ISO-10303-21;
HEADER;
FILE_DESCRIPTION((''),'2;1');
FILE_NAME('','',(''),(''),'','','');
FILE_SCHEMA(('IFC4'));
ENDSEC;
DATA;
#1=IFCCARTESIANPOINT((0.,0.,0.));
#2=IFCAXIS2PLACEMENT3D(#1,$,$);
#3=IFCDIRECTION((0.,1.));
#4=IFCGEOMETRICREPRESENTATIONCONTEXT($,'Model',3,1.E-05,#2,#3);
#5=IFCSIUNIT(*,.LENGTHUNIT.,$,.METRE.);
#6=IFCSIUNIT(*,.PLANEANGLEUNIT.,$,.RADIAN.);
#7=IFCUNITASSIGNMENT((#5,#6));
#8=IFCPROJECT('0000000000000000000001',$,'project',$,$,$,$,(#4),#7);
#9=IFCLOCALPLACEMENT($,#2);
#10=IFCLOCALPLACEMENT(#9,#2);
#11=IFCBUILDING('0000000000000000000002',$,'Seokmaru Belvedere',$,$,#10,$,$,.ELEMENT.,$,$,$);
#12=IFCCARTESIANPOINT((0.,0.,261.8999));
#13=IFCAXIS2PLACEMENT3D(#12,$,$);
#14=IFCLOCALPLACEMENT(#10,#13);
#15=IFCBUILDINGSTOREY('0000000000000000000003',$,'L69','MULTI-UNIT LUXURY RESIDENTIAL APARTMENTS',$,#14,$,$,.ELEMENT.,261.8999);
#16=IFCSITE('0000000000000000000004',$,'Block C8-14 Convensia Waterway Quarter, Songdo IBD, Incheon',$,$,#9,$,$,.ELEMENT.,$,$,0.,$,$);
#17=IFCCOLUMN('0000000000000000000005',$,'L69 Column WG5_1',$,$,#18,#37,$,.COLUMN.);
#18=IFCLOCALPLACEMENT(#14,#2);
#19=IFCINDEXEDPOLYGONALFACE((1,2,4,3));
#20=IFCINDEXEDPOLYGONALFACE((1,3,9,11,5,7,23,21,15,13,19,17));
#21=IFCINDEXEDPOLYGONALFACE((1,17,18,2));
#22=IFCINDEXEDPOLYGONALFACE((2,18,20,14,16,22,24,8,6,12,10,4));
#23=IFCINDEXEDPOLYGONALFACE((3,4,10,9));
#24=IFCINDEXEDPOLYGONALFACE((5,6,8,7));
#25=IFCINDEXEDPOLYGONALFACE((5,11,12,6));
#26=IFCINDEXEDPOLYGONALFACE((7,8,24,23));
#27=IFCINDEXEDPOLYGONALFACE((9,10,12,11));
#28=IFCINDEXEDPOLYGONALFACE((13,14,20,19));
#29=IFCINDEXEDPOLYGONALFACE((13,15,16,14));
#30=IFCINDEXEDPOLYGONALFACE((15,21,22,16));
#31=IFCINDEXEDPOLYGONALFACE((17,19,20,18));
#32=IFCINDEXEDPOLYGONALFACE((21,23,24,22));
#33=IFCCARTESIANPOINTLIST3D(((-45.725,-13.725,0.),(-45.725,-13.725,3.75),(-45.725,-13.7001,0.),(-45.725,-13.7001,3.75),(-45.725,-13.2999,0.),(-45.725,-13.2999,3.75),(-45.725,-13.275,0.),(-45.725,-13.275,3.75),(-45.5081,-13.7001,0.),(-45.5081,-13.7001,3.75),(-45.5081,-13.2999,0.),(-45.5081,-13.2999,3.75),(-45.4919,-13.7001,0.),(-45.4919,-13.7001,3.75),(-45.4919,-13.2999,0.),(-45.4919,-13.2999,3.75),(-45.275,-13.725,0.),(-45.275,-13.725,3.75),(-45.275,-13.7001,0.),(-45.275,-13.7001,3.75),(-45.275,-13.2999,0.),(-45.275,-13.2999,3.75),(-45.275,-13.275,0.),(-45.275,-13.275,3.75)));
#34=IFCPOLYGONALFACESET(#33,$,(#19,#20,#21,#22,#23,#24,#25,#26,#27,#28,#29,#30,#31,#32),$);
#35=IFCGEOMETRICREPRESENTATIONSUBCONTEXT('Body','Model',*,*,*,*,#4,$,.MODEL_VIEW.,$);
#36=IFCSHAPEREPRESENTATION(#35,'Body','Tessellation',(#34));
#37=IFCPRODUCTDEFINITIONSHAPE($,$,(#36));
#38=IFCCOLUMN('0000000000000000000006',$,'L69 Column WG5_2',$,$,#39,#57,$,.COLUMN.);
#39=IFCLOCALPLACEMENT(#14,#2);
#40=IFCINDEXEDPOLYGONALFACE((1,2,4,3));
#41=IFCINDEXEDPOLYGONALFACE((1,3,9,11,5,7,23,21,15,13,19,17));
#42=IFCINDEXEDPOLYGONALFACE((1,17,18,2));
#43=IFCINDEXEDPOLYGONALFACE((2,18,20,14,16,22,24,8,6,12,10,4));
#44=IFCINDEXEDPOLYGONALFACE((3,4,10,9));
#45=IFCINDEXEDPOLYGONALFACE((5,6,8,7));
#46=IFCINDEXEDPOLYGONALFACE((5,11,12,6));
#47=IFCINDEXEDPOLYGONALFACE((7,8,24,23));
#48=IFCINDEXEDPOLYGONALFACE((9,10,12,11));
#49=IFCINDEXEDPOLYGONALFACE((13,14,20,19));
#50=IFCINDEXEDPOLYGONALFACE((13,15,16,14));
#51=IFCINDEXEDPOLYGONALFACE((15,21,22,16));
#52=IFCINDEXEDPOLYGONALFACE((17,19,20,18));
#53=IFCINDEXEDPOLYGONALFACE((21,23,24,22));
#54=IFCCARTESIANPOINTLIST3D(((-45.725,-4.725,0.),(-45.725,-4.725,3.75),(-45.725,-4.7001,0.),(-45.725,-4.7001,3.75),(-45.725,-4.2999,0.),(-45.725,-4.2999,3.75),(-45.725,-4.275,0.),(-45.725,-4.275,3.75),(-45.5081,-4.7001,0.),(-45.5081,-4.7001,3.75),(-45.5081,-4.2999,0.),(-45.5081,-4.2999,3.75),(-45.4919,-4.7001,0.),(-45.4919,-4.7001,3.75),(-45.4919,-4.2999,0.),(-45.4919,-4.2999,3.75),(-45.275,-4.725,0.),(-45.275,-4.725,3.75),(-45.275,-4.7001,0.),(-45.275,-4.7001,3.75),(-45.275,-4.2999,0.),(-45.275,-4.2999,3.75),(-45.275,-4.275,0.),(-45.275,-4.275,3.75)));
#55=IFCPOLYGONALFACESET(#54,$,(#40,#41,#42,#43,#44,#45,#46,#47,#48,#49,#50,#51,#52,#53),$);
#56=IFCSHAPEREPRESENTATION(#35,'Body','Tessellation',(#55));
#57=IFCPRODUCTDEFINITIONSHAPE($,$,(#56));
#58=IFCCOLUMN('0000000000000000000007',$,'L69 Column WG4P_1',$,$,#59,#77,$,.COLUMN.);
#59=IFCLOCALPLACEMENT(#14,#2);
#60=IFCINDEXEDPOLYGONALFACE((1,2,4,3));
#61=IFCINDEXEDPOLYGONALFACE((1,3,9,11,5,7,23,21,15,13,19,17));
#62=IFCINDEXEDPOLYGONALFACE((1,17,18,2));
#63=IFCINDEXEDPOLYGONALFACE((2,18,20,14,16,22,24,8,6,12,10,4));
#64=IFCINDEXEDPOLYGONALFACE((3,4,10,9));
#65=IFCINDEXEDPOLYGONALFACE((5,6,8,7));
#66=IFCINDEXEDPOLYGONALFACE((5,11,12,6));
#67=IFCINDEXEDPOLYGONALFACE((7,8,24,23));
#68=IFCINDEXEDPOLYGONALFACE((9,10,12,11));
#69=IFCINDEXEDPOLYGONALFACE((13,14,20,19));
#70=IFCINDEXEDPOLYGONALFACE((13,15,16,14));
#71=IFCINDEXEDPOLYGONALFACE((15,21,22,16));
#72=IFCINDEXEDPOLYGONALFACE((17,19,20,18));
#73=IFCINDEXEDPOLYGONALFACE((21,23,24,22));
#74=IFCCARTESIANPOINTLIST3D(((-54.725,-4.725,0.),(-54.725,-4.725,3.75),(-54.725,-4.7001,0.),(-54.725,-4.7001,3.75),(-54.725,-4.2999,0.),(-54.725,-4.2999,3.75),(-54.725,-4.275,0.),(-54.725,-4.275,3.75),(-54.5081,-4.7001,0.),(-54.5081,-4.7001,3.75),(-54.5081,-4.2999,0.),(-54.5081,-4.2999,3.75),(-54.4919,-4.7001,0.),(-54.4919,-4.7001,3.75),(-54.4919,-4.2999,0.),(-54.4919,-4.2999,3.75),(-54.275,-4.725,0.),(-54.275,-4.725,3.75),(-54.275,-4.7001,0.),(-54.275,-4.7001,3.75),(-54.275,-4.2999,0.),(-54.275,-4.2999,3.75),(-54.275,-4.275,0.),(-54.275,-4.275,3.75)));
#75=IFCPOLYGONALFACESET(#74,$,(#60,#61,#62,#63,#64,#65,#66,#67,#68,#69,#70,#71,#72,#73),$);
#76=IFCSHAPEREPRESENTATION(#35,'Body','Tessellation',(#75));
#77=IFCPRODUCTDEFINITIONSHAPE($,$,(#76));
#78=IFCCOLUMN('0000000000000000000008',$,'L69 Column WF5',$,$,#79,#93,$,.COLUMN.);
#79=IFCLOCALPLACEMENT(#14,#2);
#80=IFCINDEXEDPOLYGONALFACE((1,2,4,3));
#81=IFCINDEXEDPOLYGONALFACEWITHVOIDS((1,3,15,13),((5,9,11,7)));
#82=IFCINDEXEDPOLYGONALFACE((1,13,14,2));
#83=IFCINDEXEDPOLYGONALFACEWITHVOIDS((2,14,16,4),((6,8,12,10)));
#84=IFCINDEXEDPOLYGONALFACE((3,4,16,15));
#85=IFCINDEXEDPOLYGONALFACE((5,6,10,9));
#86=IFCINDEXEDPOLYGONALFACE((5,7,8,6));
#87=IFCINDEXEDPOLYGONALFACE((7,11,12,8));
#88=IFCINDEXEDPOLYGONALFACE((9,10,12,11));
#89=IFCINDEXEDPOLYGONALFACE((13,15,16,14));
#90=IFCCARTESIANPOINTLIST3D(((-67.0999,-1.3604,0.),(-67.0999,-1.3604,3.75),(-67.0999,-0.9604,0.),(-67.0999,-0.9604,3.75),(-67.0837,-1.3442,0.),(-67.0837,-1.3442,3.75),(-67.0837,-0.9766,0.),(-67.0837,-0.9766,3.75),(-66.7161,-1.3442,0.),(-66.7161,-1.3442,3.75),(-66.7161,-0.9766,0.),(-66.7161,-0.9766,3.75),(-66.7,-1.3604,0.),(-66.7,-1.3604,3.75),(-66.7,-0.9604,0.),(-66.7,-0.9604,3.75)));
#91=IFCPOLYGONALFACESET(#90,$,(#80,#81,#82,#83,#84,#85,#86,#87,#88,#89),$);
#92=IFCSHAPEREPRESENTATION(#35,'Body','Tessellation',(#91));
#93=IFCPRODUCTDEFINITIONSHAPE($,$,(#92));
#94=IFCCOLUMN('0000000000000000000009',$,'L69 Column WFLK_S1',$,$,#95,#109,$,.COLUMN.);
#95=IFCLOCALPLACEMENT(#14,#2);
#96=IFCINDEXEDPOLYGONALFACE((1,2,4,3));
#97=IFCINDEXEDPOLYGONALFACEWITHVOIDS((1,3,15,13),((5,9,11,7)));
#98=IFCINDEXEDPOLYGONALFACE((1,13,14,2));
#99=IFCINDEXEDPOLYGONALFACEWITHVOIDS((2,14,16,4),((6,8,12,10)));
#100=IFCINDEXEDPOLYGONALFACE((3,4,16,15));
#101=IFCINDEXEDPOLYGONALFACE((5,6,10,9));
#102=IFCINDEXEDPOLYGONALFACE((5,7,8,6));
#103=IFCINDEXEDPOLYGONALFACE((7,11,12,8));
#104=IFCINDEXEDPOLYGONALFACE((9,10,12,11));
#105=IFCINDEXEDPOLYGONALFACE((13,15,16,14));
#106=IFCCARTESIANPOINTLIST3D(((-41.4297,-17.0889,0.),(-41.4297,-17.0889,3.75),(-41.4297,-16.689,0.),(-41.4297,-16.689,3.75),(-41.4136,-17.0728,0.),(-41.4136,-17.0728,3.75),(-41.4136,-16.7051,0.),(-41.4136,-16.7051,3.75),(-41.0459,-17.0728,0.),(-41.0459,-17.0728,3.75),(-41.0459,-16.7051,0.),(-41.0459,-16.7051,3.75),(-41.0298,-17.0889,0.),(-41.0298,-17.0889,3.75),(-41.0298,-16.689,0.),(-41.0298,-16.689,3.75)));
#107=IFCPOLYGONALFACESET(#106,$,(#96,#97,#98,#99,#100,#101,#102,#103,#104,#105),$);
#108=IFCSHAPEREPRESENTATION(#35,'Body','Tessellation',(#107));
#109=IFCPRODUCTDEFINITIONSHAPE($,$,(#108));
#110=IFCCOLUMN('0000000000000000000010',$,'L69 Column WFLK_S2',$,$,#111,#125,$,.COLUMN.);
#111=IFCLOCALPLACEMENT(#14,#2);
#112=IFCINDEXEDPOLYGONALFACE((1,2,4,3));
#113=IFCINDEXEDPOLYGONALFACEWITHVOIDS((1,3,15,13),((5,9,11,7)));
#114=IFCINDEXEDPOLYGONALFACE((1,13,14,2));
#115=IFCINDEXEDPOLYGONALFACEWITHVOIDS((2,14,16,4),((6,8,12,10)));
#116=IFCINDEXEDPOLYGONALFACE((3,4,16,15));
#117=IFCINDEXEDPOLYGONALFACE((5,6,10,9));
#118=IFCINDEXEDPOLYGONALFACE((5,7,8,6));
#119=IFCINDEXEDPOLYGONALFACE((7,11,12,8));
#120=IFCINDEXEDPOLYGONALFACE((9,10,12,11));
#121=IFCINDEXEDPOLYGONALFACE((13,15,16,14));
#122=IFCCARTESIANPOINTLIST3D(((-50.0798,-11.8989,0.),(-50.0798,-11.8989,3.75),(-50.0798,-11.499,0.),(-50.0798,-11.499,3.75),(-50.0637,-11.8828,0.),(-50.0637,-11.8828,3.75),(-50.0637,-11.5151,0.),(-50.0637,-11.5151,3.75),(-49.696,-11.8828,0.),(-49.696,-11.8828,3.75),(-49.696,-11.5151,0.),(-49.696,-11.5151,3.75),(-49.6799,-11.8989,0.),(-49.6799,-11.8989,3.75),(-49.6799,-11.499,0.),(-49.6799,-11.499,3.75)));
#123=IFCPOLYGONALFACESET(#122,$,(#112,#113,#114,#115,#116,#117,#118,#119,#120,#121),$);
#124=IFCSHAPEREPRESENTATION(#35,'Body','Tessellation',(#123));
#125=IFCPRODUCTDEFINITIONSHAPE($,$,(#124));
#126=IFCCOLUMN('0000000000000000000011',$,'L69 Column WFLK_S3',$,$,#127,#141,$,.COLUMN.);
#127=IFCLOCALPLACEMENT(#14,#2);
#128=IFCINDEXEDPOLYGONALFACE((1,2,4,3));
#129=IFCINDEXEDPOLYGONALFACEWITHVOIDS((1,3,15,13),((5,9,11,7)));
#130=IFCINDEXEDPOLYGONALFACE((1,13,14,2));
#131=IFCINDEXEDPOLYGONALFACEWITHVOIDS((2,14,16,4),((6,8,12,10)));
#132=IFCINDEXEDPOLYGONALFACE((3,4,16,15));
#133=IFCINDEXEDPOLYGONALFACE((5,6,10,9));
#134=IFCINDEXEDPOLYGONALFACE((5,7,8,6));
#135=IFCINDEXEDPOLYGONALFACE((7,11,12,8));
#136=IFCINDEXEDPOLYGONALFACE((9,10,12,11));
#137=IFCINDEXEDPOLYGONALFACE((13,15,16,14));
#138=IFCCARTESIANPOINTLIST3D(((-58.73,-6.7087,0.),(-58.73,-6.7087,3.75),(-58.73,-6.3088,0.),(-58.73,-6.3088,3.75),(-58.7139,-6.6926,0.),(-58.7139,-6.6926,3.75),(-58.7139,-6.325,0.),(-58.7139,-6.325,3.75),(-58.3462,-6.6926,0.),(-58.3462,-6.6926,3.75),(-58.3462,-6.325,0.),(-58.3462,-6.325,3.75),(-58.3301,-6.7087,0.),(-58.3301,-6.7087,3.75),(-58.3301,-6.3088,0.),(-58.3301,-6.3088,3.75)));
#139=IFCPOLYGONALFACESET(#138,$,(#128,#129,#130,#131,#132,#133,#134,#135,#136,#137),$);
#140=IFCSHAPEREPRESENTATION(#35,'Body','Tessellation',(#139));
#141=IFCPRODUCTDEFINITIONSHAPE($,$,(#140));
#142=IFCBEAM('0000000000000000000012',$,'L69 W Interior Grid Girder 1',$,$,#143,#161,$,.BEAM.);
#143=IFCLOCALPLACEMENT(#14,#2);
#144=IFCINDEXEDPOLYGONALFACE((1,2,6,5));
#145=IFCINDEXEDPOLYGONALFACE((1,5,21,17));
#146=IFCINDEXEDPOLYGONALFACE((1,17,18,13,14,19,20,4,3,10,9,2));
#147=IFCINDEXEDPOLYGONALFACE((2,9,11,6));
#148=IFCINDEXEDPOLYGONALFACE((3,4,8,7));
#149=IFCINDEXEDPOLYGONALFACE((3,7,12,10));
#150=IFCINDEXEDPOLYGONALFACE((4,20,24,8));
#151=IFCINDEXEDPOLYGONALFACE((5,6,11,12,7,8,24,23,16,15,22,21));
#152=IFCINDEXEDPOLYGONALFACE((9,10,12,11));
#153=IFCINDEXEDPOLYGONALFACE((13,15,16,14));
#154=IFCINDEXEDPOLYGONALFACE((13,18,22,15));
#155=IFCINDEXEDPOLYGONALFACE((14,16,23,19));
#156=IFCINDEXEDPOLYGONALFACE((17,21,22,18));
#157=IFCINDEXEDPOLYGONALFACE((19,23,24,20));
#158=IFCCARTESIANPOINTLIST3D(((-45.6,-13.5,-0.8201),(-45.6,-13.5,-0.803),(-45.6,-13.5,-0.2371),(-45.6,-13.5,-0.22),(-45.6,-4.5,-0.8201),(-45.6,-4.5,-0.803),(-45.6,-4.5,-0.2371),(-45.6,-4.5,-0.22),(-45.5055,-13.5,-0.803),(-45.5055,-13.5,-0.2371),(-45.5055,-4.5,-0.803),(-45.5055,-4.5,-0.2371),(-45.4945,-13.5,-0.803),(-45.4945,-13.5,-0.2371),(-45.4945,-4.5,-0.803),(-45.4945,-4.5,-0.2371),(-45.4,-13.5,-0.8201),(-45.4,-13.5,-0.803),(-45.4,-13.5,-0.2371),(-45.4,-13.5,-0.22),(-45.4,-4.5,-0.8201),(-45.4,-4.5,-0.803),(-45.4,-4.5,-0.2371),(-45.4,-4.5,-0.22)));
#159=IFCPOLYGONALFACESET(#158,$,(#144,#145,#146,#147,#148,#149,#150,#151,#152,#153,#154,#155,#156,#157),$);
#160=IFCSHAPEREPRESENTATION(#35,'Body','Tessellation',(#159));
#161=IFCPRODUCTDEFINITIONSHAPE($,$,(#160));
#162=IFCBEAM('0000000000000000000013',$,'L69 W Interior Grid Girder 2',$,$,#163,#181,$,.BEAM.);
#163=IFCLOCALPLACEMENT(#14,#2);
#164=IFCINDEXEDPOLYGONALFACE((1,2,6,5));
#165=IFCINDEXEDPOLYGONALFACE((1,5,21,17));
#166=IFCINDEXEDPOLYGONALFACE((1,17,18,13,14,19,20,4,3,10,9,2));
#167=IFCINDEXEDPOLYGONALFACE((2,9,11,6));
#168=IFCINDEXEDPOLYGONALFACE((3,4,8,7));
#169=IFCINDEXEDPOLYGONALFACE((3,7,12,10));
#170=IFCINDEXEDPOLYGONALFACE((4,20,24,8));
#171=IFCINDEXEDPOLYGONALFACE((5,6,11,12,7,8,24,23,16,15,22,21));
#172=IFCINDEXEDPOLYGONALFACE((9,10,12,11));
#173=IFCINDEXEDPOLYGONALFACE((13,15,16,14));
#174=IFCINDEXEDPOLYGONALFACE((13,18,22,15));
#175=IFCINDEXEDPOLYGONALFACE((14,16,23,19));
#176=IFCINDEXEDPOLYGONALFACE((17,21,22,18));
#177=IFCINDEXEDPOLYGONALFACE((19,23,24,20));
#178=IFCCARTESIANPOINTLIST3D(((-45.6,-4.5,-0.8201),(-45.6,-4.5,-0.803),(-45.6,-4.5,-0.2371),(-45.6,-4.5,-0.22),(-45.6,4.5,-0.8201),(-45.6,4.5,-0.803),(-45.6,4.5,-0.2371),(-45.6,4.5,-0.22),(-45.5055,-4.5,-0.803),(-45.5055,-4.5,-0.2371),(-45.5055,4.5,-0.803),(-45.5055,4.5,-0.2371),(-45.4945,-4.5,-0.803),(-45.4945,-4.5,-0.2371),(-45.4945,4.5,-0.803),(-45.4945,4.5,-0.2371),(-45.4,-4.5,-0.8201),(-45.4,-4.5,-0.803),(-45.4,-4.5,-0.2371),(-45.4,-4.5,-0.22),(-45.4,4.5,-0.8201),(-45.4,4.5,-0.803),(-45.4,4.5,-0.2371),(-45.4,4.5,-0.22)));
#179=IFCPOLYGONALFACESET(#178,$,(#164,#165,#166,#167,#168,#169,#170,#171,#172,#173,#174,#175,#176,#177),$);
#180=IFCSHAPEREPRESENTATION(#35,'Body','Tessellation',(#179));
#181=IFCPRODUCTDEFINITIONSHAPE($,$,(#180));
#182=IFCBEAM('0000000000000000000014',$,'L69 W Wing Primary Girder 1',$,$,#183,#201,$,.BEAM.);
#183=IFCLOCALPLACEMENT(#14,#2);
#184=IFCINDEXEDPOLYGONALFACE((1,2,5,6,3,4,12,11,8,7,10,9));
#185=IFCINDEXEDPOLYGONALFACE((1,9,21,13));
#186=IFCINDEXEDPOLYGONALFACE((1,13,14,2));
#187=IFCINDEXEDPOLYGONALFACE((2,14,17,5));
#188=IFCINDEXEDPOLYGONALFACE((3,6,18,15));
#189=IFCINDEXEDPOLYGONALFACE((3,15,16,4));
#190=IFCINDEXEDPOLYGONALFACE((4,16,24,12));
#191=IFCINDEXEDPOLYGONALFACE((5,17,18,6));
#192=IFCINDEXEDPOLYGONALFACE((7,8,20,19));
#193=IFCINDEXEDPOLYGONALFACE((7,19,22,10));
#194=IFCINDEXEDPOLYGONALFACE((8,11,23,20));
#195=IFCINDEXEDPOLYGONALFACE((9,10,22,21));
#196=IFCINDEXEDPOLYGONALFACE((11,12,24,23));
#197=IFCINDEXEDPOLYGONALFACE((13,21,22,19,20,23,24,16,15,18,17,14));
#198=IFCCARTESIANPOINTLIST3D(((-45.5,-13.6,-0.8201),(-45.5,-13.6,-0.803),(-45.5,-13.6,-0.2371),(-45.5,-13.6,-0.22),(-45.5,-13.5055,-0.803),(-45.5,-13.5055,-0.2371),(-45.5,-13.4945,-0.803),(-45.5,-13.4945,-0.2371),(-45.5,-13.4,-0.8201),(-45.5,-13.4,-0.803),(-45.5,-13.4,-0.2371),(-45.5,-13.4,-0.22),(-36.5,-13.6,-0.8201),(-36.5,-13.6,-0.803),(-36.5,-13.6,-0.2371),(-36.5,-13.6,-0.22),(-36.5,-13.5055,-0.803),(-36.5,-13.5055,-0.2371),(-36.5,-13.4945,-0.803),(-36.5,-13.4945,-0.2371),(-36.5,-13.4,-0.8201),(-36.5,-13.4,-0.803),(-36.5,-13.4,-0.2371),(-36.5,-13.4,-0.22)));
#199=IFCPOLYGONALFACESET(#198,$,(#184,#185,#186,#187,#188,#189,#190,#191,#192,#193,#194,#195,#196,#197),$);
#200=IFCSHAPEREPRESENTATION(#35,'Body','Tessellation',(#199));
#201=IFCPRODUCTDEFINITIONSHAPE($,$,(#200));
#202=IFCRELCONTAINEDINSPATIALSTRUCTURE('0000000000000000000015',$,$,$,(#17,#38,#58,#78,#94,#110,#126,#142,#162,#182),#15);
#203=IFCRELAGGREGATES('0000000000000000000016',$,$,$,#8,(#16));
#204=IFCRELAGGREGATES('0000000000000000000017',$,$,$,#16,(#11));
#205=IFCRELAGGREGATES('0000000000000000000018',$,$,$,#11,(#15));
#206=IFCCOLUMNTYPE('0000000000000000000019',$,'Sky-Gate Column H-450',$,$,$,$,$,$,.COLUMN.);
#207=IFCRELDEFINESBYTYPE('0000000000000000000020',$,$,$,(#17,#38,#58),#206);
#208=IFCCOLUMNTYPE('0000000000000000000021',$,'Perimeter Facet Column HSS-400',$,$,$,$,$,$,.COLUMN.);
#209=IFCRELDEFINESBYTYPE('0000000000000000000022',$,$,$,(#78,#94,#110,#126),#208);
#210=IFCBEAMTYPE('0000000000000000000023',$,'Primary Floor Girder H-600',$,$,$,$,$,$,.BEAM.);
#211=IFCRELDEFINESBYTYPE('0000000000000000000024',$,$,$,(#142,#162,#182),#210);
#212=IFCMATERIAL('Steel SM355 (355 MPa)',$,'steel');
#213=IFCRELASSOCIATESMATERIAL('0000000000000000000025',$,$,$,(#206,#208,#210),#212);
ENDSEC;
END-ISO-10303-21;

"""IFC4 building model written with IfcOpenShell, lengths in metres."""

from ifc_helpers import new_model, si_unit, direction, frame, origin, origin_2d, place, context, subcontext, project, spatial, hollow_rectangle, i_section, extrude, source, transform, mapped, material, material_profile, profile_set, type_object, type_shapes, element, save


model = new_model("IFC4")

# Units and contexts
model_context = context("Model", 3, precision=1e-05, world=origin(), true_north=direction((0.0, 1.0)))
body_context = subcontext(model_context, "Body", "Model", "MODEL_VIEW")
ifc_project = project(units=[si_unit("LENGTHUNIT", "METRE"), si_unit("PLANEANGLEUNIT", "RADIAN")], contexts=[model_context])

# Site, building, storey
site_placement = place(None, origin())
site = spatial("IfcSite", under=ifc_project, at=site_placement, Name="Block C8-14 Convensia Waterway Quarter, Songdo IBD, Incheon", CompositionType="ELEMENT", RefElevation=0.0)
building_placement = place(site_placement, origin())
building = spatial("IfcBuilding", under=site, at=building_placement, Name="Seokmaru Belvedere", CompositionType="ELEMENT")
storey_placement = place(building_placement, frame((0.0, 0.0, 261.8999)))
storey = spatial("IfcBuildingStorey", under=building, at=storey_placement, Name="L69", Description="MULTI-UNIT LUXURY RESIDENTIAL APARTMENTS", CompositionType="ELEMENT", Elevation=261.8999)

# Columns
ifc_material_1 = material(Name="Steel SM355 (355 MPa)", Category="steel")
ifc_material_profile_1 = material_profile(ifc_material_1, i_section(OverallWidth=0.45, OverallDepth=0.45, WebThickness=0.0161, FlangeThickness=0.0249, at=origin_2d()), Name="H-450x450x16x25")
ifc_profile_set_1 = profile_set([ifc_material_profile_1], Name="Steel SM355 (355 MPa)")
column_type_1 = type_object("IfcColumnType", Name="Sky-Gate Column H-450", PredefinedType="COLUMN", material=ifc_profile_set_1)
shared_shape_1 = source(origin(), body_context, "Body", "SweptSolid", [
    extrude(i_section(OverallWidth=0.45, OverallDepth=0.45, WebThickness=0.0161, FlangeThickness=0.0249, at=origin_2d()), origin(), (0.0, 0.0, 1.0), 3.75),
])
type_shapes(column_type_1, [shared_shape_1])
for number, where, z_axis, x_axis, name in (
    (1, (-45.5, -13.5, 0.0), (0.0, 0.0, 1.0), (1.0, 0.0, 0.0), "L69 Column WG5_1"),
    (2, (-45.5, -4.5, 0.0), (0.0, 0.0, 1.0), (1.0, 0.0, 0.0), "L69 Column WG5_2"),
    (3, (-54.5, -4.5, 0.0), (0.0, 0.0, 1.0), (1.0, 0.0, 0.0), "L69 Column WG4P_1"),
):
    element("IfcColumn", number, at=place(storey_placement, frame(where, z_axis=z_axis, x_axis=x_axis)), inside=storey, type_object=column_type_1, Name=name, PredefinedType="COLUMN", context=body_context, shape_type="MappedRepresentation", body=[
        mapped(shared_shape_1, transform((0.0, 0.0, 0.0), scale=1.0)),
    ])
ifc_material_profile_2 = material_profile(ifc_material_1, hollow_rectangle(XDim=0.3999, YDim=0.3999, WallThickness=0.0161, at=origin_2d()), Name="HSS-400x400x16")
ifc_profile_set_2 = profile_set([ifc_material_profile_2], Name="Steel SM355 (355 MPa)")
column_type_2 = type_object("IfcColumnType", Name="Perimeter Facet Column HSS-400", PredefinedType="COLUMN", material=ifc_profile_set_2)
shared_shape_2 = source(origin(), body_context, "Body", "SweptSolid", [
    extrude(hollow_rectangle(XDim=0.3999, YDim=0.3999, WallThickness=0.0161, at=origin_2d()), origin(), (0.0, 0.0, 1.0), 3.75),
])
type_shapes(column_type_2, [shared_shape_2])
for number, where, z_axis, x_axis, name in (
    (4, (-66.8999, -1.1604, 0.0), (0.0, 0.0, 1.0), (1.0, 0.0, 0.0), "L69 Column WF5"),
    (5, (-41.2297, -16.8889, 0.0), (0.0, 0.0, 1.0), (1.0, 0.0, 0.0), "L69 Column WFLK_S1"),
    (6, (-49.8799, -11.699, 0.0), (0.0, 0.0, 1.0), (1.0, 0.0, 0.0), "L69 Column WFLK_S2"),
    (7, (-58.53, -6.5088, 0.0), (0.0, 0.0, 1.0), (1.0, 0.0, 0.0), "L69 Column WFLK_S3"),
):
    element("IfcColumn", number, at=place(storey_placement, frame(where, z_axis=z_axis, x_axis=x_axis)), inside=storey, type_object=column_type_2, Name=name, PredefinedType="COLUMN", context=body_context, shape_type="MappedRepresentation", body=[
        mapped(shared_shape_2, transform((0.0, 0.0, 0.0), scale=1.0)),
    ])

# Beams
ifc_material_profile_3 = material_profile(ifc_material_1, i_section(OverallWidth=0.2, OverallDepth=0.6001, WebThickness=0.011, FlangeThickness=0.0171, at=origin_2d()), Name="H-600x200x11x17")
ifc_profile_set_3 = profile_set([ifc_material_profile_3], Name="Steel SM355 (355 MPa)")
beam_type_1 = type_object("IfcBeamType", Name="Primary Floor Girder H-600", PredefinedType="BEAM", material=ifc_profile_set_3)
shared_shape_3 = source(origin(), body_context, "Body", "SweptSolid", [
    extrude(i_section(OverallWidth=0.2, OverallDepth=0.6001, WebThickness=0.011, FlangeThickness=0.0171, at=origin_2d()), origin(), (0.0, 0.0, 1.0), 9.0),
])
for number, where, z_axis, x_axis, name in (
    (8, (-45.5, -13.5, -0.52), (0.0, 1.0, 0.0), (-1.0, 0.0, 0.0), "L69 W Interior Grid Girder 1"),
    (9, (-45.5, -4.5, -0.52), (0.0, 1.0, 0.0), (-1.0, 0.0, 0.0), "L69 W Interior Grid Girder 2"),
    (10, (-45.5, -13.5, -0.52), (1.0, 0.0, 0.0), (0.0, 1.0, 0.0), "L69 W Wing Primary Girder 1"),
):
    element("IfcBeam", number, at=place(storey_placement, frame(where, z_axis=z_axis, x_axis=x_axis)), inside=storey, type_object=beam_type_1, Name=name, PredefinedType="BEAM", context=body_context, shape_type="MappedRepresentation", body=[
        mapped(shared_shape_3, transform((0.0, 0.0, 0.0), scale=1.0)),
    ])

save(model, "model.ifc")
